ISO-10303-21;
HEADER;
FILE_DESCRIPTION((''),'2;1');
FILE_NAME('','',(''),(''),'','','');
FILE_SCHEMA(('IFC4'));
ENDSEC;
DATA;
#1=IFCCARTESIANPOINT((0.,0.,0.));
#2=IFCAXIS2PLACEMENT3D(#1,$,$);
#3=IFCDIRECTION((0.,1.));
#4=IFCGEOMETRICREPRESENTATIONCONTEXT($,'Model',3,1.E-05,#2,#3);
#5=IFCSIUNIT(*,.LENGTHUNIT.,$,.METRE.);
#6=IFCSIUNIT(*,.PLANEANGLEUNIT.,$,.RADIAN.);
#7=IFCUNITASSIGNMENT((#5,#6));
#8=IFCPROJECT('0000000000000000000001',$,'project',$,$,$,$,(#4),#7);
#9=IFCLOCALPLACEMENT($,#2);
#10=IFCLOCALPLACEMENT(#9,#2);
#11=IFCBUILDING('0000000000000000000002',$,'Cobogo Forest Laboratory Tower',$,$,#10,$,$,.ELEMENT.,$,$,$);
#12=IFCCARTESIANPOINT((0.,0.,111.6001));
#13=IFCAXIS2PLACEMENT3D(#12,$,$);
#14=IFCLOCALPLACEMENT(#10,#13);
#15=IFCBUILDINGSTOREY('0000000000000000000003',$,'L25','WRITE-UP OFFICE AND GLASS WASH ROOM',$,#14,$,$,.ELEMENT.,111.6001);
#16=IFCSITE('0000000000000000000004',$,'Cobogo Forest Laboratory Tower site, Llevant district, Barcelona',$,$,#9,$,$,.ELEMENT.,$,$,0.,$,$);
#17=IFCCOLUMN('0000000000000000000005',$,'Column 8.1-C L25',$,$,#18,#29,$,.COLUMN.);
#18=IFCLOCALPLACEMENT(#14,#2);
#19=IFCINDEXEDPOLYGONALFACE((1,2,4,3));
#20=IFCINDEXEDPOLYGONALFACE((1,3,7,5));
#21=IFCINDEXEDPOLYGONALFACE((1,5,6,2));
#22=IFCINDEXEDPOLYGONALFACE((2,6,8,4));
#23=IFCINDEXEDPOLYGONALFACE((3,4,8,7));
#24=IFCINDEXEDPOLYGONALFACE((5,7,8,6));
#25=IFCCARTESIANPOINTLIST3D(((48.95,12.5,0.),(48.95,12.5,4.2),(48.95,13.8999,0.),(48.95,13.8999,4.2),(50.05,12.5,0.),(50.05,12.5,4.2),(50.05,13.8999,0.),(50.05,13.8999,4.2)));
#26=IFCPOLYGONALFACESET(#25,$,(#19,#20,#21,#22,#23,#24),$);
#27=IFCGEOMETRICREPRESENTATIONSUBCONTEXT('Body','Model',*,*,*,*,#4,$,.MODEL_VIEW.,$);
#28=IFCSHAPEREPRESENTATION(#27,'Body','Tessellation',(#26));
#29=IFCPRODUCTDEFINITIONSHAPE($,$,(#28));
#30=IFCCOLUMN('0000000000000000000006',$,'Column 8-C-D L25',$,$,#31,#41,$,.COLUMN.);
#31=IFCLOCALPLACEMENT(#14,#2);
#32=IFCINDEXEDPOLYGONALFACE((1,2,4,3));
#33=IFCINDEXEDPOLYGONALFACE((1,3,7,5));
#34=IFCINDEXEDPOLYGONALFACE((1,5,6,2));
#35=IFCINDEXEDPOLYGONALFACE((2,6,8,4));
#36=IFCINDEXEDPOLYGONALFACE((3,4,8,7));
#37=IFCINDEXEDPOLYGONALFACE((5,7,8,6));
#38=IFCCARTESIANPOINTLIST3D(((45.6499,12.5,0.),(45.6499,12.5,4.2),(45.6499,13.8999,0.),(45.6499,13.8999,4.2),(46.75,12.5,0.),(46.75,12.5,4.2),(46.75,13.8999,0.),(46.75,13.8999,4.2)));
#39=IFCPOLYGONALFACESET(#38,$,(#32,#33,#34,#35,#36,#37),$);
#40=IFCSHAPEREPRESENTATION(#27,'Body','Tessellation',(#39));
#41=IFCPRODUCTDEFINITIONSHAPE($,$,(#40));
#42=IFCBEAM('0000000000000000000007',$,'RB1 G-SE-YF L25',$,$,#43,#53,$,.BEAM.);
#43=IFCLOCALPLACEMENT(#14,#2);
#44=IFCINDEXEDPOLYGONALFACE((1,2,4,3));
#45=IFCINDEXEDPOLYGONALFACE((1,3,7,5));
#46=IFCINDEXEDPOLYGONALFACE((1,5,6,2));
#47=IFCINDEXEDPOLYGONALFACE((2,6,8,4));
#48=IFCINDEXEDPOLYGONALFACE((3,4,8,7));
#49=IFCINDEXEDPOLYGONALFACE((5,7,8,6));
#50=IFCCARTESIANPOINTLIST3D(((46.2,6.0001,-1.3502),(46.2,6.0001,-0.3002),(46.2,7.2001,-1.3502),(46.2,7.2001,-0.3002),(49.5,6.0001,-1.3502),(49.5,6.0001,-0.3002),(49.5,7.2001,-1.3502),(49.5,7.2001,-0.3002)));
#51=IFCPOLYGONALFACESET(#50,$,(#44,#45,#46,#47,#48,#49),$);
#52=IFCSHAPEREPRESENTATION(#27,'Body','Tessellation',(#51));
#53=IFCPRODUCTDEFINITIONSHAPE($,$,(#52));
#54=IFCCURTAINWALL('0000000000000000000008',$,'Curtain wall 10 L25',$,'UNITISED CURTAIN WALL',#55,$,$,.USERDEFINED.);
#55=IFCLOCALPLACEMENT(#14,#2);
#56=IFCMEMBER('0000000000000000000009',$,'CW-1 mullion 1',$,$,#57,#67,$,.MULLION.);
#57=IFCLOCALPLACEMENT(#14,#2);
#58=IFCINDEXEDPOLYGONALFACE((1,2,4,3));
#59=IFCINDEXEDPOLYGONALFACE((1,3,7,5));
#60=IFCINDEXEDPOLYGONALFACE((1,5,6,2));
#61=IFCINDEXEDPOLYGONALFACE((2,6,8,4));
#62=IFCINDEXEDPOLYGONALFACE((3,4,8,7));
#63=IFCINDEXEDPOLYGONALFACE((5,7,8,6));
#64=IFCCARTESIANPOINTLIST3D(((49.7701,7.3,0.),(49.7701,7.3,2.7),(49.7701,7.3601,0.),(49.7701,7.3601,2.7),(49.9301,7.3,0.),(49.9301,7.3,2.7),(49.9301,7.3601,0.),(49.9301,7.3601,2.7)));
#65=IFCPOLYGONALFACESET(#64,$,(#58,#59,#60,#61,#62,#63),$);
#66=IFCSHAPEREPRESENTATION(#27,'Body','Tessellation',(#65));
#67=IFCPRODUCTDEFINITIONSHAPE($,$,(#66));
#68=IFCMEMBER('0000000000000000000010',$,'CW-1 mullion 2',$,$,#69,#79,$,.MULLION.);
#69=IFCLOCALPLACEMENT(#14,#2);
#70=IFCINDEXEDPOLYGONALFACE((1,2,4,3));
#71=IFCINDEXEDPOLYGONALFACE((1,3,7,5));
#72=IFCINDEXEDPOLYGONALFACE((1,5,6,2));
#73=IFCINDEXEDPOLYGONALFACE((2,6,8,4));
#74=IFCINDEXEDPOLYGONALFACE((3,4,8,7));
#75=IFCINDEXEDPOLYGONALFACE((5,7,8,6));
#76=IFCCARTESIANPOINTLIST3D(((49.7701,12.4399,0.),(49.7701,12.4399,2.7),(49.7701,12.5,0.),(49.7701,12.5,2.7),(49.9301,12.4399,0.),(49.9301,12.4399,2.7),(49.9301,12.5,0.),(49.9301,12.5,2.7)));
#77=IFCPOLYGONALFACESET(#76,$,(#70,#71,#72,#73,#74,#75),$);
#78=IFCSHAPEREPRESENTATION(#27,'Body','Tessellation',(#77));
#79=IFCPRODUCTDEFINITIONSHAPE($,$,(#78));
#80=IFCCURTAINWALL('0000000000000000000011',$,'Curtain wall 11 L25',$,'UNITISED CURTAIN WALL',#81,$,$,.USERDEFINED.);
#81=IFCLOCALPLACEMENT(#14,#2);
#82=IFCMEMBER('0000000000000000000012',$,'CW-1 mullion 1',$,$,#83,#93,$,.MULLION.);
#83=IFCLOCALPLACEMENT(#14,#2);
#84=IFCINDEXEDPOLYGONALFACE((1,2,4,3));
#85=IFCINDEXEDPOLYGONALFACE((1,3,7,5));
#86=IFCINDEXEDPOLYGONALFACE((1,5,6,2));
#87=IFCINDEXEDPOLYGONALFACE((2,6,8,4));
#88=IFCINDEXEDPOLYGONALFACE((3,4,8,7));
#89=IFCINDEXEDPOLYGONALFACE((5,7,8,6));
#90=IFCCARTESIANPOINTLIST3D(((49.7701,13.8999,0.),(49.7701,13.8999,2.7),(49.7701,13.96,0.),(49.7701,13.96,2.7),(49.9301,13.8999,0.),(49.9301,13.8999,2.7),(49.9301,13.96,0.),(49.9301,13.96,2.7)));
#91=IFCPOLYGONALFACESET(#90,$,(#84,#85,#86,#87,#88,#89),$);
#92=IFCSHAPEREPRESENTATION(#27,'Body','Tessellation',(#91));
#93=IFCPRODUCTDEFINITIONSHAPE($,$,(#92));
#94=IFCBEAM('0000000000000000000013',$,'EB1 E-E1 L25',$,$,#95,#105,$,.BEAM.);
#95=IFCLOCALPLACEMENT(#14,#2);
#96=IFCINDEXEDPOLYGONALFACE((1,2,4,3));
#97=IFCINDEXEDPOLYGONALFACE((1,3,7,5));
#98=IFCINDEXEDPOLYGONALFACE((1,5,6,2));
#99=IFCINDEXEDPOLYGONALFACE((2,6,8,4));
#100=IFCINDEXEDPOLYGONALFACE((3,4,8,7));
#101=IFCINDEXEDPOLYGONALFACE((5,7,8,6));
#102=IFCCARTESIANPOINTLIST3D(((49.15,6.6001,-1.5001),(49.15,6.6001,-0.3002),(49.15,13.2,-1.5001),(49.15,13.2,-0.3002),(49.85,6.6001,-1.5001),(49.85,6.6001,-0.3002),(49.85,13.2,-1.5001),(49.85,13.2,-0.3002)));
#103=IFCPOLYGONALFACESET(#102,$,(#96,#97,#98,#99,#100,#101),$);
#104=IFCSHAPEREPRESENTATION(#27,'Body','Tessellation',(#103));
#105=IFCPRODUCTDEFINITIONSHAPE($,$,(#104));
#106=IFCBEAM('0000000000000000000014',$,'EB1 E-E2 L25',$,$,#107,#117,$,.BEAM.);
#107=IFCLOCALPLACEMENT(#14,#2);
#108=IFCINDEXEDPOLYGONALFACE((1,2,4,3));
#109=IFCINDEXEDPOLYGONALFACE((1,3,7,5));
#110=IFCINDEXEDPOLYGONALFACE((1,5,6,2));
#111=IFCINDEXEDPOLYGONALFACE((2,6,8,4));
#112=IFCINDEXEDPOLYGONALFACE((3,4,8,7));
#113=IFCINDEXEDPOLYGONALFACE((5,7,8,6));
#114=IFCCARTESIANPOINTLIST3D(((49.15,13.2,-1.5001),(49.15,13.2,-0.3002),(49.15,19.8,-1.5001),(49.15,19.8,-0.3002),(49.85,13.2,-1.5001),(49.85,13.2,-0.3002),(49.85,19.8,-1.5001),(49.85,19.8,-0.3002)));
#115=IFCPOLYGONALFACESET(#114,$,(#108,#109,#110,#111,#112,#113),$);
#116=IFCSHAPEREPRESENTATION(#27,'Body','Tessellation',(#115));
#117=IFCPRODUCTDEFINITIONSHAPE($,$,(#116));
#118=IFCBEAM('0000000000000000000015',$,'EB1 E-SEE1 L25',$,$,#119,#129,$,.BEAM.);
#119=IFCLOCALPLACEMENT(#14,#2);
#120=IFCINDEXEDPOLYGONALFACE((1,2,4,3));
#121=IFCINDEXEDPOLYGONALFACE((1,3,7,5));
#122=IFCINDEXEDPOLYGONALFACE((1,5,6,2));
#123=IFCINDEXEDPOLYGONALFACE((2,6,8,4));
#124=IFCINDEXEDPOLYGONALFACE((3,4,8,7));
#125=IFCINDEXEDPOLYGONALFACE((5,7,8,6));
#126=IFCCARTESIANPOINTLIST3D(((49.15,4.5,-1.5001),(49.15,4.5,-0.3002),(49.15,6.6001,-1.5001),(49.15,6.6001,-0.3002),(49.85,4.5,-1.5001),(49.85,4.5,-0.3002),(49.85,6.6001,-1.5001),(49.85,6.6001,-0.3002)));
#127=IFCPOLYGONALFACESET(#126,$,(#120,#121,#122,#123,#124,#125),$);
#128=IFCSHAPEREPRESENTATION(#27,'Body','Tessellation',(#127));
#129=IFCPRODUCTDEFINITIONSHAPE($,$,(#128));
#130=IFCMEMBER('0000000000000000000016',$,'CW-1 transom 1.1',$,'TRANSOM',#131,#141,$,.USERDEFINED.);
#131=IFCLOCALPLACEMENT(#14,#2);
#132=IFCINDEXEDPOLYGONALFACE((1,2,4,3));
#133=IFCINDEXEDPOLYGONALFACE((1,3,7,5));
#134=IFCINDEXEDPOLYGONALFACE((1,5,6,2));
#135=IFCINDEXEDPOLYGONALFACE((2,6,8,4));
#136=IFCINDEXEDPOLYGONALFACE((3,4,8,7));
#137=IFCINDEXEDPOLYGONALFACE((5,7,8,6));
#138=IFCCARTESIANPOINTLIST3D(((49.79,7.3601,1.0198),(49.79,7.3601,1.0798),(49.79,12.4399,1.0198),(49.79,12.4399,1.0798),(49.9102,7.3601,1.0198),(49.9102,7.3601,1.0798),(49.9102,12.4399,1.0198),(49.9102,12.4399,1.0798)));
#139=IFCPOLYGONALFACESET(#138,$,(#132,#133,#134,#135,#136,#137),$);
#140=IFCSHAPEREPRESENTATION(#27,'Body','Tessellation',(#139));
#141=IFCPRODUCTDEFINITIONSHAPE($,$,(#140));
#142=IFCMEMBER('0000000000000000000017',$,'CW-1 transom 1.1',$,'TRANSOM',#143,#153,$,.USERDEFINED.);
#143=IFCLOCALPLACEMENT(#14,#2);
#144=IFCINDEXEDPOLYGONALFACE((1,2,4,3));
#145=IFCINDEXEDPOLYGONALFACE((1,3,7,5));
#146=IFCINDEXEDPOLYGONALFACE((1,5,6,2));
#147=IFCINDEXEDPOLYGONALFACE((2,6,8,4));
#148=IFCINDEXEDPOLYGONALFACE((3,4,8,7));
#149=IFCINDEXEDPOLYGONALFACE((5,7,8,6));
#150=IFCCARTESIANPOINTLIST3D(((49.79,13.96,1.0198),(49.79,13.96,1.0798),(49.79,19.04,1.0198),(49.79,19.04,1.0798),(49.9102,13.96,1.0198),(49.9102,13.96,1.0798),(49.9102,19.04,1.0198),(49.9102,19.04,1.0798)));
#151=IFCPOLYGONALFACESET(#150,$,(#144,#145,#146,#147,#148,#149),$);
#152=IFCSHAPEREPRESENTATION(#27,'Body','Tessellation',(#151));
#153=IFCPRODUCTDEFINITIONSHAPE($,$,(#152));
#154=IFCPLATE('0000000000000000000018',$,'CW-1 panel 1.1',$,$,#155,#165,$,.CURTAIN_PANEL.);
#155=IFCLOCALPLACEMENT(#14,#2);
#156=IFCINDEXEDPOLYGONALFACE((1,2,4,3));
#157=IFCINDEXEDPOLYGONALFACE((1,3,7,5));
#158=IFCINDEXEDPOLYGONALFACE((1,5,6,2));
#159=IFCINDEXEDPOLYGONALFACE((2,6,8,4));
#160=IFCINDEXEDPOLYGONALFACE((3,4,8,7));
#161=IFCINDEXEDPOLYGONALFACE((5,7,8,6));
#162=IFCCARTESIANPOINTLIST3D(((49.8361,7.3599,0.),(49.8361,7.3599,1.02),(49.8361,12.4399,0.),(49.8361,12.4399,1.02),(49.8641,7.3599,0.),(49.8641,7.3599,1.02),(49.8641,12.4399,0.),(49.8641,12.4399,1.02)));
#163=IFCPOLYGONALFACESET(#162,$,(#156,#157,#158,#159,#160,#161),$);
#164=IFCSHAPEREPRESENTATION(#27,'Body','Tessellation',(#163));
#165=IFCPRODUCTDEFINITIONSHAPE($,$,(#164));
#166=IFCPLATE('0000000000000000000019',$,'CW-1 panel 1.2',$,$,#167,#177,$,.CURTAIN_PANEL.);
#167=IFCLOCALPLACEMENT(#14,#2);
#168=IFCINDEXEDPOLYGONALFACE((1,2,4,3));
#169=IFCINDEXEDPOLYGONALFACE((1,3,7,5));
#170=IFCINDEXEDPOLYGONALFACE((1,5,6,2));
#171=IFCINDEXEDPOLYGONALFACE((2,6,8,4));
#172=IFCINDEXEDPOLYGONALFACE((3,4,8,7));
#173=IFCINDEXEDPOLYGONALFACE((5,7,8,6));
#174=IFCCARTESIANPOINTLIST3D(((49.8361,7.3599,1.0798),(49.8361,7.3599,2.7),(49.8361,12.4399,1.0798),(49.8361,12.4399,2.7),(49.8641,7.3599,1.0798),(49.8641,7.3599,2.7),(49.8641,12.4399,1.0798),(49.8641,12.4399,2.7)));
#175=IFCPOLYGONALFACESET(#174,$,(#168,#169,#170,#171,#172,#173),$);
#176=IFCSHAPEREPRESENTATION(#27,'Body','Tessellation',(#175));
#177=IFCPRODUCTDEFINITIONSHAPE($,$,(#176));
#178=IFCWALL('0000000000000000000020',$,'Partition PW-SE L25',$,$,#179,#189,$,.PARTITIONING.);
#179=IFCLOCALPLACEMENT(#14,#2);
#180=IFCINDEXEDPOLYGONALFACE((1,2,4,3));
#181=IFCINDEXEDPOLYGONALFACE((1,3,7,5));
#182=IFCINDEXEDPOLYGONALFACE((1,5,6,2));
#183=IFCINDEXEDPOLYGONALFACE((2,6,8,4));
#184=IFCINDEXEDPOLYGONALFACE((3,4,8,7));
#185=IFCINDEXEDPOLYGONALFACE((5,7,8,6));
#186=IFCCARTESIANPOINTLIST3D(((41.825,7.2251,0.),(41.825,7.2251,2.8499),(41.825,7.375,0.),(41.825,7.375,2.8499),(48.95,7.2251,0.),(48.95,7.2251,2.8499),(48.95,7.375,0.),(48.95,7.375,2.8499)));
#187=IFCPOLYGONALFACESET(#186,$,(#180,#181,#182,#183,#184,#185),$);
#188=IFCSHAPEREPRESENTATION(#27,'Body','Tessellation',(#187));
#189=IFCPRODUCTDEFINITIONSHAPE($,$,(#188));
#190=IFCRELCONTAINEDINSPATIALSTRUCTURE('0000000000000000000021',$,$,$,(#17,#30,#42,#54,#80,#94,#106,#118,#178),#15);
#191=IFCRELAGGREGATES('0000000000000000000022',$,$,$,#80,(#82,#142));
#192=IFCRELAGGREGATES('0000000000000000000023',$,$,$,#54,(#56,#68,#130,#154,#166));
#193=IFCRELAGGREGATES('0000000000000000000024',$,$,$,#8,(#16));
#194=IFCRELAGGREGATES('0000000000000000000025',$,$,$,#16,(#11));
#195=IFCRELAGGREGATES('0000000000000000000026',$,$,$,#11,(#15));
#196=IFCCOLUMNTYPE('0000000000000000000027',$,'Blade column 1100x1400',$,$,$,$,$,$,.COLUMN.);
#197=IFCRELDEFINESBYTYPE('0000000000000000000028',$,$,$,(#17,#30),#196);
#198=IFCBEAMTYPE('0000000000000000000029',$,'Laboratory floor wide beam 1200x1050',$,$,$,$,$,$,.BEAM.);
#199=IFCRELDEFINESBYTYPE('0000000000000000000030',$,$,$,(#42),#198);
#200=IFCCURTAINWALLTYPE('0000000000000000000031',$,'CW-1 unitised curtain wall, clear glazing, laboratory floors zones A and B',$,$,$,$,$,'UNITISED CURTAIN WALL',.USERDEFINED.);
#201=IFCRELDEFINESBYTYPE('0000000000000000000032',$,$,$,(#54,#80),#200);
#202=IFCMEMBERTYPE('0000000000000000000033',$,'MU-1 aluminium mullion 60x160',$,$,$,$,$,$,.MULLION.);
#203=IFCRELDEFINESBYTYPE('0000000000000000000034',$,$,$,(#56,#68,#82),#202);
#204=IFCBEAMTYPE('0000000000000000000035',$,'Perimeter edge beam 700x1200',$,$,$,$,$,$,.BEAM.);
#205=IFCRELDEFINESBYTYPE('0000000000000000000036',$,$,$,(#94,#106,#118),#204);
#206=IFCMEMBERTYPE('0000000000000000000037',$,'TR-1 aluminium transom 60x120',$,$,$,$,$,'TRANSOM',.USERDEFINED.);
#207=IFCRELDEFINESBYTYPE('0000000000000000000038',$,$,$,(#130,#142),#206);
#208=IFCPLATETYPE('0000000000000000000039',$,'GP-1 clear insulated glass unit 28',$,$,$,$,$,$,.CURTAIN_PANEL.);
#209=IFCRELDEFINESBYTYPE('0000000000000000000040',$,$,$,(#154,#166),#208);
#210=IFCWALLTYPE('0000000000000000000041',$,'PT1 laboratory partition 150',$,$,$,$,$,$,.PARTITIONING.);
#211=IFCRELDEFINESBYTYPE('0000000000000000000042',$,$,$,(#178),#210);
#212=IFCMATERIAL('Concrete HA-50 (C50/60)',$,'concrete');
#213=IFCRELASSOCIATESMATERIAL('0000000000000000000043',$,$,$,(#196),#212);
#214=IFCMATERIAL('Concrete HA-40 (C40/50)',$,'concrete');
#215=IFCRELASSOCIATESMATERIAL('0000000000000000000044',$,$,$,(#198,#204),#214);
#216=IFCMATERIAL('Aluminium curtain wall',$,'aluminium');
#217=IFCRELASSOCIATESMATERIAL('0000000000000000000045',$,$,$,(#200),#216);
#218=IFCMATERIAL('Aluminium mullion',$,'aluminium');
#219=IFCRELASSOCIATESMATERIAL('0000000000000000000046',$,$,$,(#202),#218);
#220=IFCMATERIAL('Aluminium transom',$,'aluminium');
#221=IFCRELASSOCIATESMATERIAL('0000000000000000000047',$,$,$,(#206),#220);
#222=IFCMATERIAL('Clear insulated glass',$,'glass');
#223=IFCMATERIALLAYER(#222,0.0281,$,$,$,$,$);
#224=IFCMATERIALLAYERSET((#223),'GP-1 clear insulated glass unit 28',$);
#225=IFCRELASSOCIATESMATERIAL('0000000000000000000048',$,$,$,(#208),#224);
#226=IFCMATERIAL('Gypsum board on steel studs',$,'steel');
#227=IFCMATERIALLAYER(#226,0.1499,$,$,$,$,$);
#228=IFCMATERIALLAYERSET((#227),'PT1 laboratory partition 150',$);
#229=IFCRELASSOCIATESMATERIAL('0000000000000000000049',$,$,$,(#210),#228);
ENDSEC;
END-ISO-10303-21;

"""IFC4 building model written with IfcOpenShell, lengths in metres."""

from ifc_helpers import new_model, si_unit, direction, frame, frame_2d, origin, origin_2d, place, context, subcontext, project, spatial, rectangle, extrude, material, layer, layer_set, material_profile, profile_set, type_object, element, aggregate, save


model = new_model("IFC4")

# Units and contexts
model_context = context("Model", 3, precision=1e-05, world=origin(), true_north=direction((0.0, 1.0)))
body_context = subcontext(model_context, "Body", "Model", "MODEL_VIEW")
ifc_project = project(units=[si_unit("LENGTHUNIT", "METRE"), si_unit("PLANEANGLEUNIT", "RADIAN")], contexts=[model_context])

# Site, building, storey
site_placement = place(None, origin())
site = spatial("IfcSite", under=ifc_project, at=site_placement, Name="Cobogo Forest Laboratory Tower site, Llevant district, Barcelona", CompositionType="ELEMENT", RefElevation=0.0)
building_placement = place(site_placement, origin())
building = spatial("IfcBuilding", under=site, at=building_placement, Name="Cobogo Forest Laboratory Tower", CompositionType="ELEMENT")
storey_placement = place(building_placement, frame((0.0, 0.0, 111.6001)))
storey = spatial("IfcBuildingStorey", under=building, at=storey_placement, Name="L25", Description="WRITE-UP OFFICE AND GLASS WASH ROOM", CompositionType="ELEMENT", Elevation=111.6001)

# Columns
ifc_material_1 = material(Name="Concrete HA-50 (C50/60)", Category="concrete")
ifc_material_profile_1 = material_profile(ifc_material_1, rectangle(XDim=1.3999, YDim=1.1001, at=origin_2d()), Name="RC 1100x1400")
ifc_profile_set_1 = profile_set([ifc_material_profile_1], Name="Concrete HA-50 (C50/60)")
column_type = type_object("IfcColumnType", Name="Blade column 1100x1400", PredefinedType="COLUMN", material=ifc_profile_set_1)
for number, where, z_axis, x_axis, name in (
    (1, (49.5, 13.2, 0.0), (0.0, 0.0, 1.0), (0.0, 1.0, 0.0), "Column 8.1-C L25"),
    (2, (46.2, 13.2, 0.0), (0.0, 0.0, 1.0), (0.0, 1.0, 0.0), "Column 8-C-D L25"),
):
    element("IfcColumn", number, at=place(storey_placement, frame(where, z_axis=z_axis, x_axis=x_axis)), inside=storey, type_object=column_type, Name=name, PredefinedType="COLUMN", context=body_context, shape_type="SweptSolid", body=[
        extrude(rectangle(XDim=1.3999, YDim=1.1001, at=origin_2d()), origin(), (0.0, 0.0, 1.0), 4.2),
    ])

# Beam
ifc_material_2 = material(Name="Concrete HA-40 (C40/50)", Category="concrete")
ifc_material_profile_2 = material_profile(ifc_material_2, rectangle(XDim=1.2, YDim=1.05, at=origin_2d()), Name="RC 1200x1050")
ifc_profile_set_2 = profile_set([ifc_material_profile_2], Name="Concrete HA-40 (C40/50)")
beam_type_1 = type_object("IfcBeamType", Name="Laboratory floor wide beam 1200x1050", PredefinedType="BEAM", material=ifc_profile_set_2)
beam_1_placement = place(storey_placement, frame((49.5, 6.6001, -0.8252), z_axis=(-1.0, 0.0, 0.0), x_axis=(0.0, -1.0, 0.0)))
element("IfcBeam", 3, at=beam_1_placement, inside=storey, type_object=beam_type_1, Name="RB1 G-SE-YF L25", PredefinedType="BEAM", context=body_context, shape_type="SweptSolid", body=[
    extrude(rectangle(XDim=1.2, YDim=1.05, at=origin_2d()), origin(), (0.0, 0.0, 1.0), 3.3),
])

# Curtain wall, members
ifc_material_3 = material(Name="Aluminium curtain wall", Category="aluminium")
curtain_wall_type = type_object("IfcCurtainWallType", Name="CW-1 unitised curtain wall, clear glazing, laboratory floors zones A and B", ElementType="UNITISED CURTAIN WALL", PredefinedType="USERDEFINED", material=ifc_material_3)
curtain_wall_1_placement = place(storey_placement, origin())
curtain_wall_1 = element("IfcCurtainWall", 4, at=curtain_wall_1_placement, inside=storey, type_object=curtain_wall_type, Name="Curtain wall 10 L25", ObjectType="UNITISED CURTAIN WALL", PredefinedType="USERDEFINED")
ifc_material_4 = material(Name="Aluminium mullion", Category="aluminium")
ifc_material_profile_3 = material_profile(ifc_material_4, rectangle(XDim=0.0601, YDim=0.1599, at=origin_2d()), Name="AL 60x160")
ifc_profile_set_3 = profile_set([ifc_material_profile_3], Name="Aluminium mullion")
member_type_1 = type_object("IfcMemberType", Name="MU-1 aluminium mullion 60x160", PredefinedType="MULLION", material=ifc_profile_set_3)
member_1_placement = place(storey_placement, frame((49.8501, 7.3301, 0.0), z_axis=(0.0, 0.0, 1.0), x_axis=(0.0, 1.0, 0.0)))
member_1 = element("IfcMember", 5, at=member_1_placement, type_object=member_type_1, Name="CW-1 mullion 1", PredefinedType="MULLION", context=body_context, shape_type="SweptSolid", body=[
    extrude(rectangle(XDim=0.0601, YDim=0.1599, at=origin_2d()), origin(), (0.0, 0.0, 1.0), 2.7),
])
member_2_placement = place(storey_placement, frame((49.8501, 12.47, 0.0), z_axis=(0.0, 0.0, 1.0), x_axis=(0.0, 1.0, 0.0)))
member_2 = element("IfcMember", 6, at=member_2_placement, type_object=member_type_1, Name="CW-1 mullion 2", PredefinedType="MULLION", context=body_context, shape_type="SweptSolid", body=[
    extrude(rectangle(XDim=0.0601, YDim=0.1599, at=origin_2d()), origin(), (0.0, 0.0, 1.0), 2.7),
])

# Curtain wall, member
curtain_wall_2_placement = place(storey_placement, origin())
curtain_wall_2 = element("IfcCurtainWall", 7, at=curtain_wall_2_placement, inside=storey, type_object=curtain_wall_type, Name="Curtain wall 11 L25", ObjectType="UNITISED CURTAIN WALL", PredefinedType="USERDEFINED")
member_3_placement = place(storey_placement, frame((49.8501, 13.9299, 0.0), z_axis=(0.0, 0.0, 1.0), x_axis=(0.0, 1.0, 0.0)))
member_3 = element("IfcMember", 8, at=member_3_placement, type_object=member_type_1, Name="CW-1 mullion 1", PredefinedType="MULLION", context=body_context, shape_type="SweptSolid", body=[
    extrude(rectangle(XDim=0.0601, YDim=0.1599, at=origin_2d()), origin(), (0.0, 0.0, 1.0), 2.7),
])

# Beams
ifc_material_profile_4 = material_profile(ifc_material_2, rectangle(XDim=0.7, YDim=1.2, at=origin_2d()), Name="RC 700x1200")
ifc_profile_set_4 = profile_set([ifc_material_profile_4], Name="Concrete HA-40 (C40/50)")
beam_type_2 = type_object("IfcBeamType", Name="Perimeter edge beam 700x1200", PredefinedType="BEAM", material=ifc_profile_set_4)
beam_2_placement = place(storey_placement, frame((49.5, 6.6001, -0.9001), z_axis=(0.0, 1.0, 0.0), x_axis=(-1.0, 0.0, 0.0)))
element("IfcBeam", 9, at=beam_2_placement, inside=storey, type_object=beam_type_2, Name="EB1 E-E1 L25", PredefinedType="BEAM", context=body_context, shape_type="SweptSolid", body=[
    extrude(rectangle(XDim=0.7, YDim=1.2, at=origin_2d()), origin(), (0.0, 0.0, 1.0), 6.5999),
])
beam_3_placement = place(storey_placement, frame((49.5, 13.2, -0.9001), z_axis=(0.0, 1.0, 0.0), x_axis=(-1.0, 0.0, 0.0)))
element("IfcBeam", 10, at=beam_3_placement, inside=storey, type_object=beam_type_2, Name="EB1 E-E2 L25", PredefinedType="BEAM", context=body_context, shape_type="SweptSolid", body=[
    extrude(rectangle(XDim=0.7, YDim=1.2, at=origin_2d()), origin(), (0.0, 0.0, 1.0), 6.6001),
])
beam_4_placement = place(storey_placement, frame((49.5, 6.6001, -0.9001), z_axis=(0.0, -1.0, 0.0), x_axis=(1.0, 0.0, 0.0)))
element("IfcBeam", 11, at=beam_4_placement, inside=storey, type_object=beam_type_2, Name="EB1 E-SEE1 L25", PredefinedType="BEAM", context=body_context, shape_type="SweptSolid", body=[
    extrude(rectangle(XDim=0.7, YDim=1.2, at=origin_2d()), origin(), (0.0, 0.0, 1.0), 2.1001),
])

# Members
ifc_material_5 = material(Name="Aluminium transom", Category="aluminium")
ifc_material_profile_5 = material_profile(ifc_material_5, rectangle(XDim=0.1201, YDim=0.0601, at=origin_2d()), Name="AL 60x120")
ifc_profile_set_5 = profile_set([ifc_material_profile_5], Name="Aluminium transom")
member_type_2 = type_object("IfcMemberType", Name="TR-1 aluminium transom 60x120", ElementType="TRANSOM", PredefinedType="USERDEFINED", material=ifc_profile_set_5)
member_4_placement = place(storey_placement, frame((49.8501, 7.3601, 1.0498), z_axis=(0.0, 1.0, 0.0), x_axis=(-1.0, 0.0, 0.0)))
member_4 = element("IfcMember", 12, at=member_4_placement, type_object=member_type_2, Name="CW-1 transom 1.1", ObjectType="TRANSOM", PredefinedType="USERDEFINED", context=body_context, shape_type="SweptSolid", body=[
    extrude(rectangle(XDim=0.1201, YDim=0.0601, at=origin_2d()), origin(), (0.0, 0.0, 1.0), 5.0798),
])
member_5_placement = place(storey_placement, frame((49.8501, 13.96, 1.0498), z_axis=(0.0, 1.0, 0.0), x_axis=(-1.0, 0.0, 0.0)))
member_5 = element("IfcMember", 13, at=member_5_placement, type_object=member_type_2, Name="CW-1 transom 1.1", ObjectType="TRANSOM", PredefinedType="USERDEFINED", context=body_context, shape_type="SweptSolid", body=[
    extrude(rectangle(XDim=0.1201, YDim=0.0601, at=origin_2d()), origin(), (0.0, 0.0, 1.0), 5.0801),
])
aggregate(curtain_wall_2, [member_3, member_5])

# Plates
ifc_material_6 = material(Name="Clear insulated glass", Category="glass")
ifc_layer_1 = layer(ifc_material_6, 0.0281)
ifc_layer_set_1 = layer_set([ifc_layer_1], Name="GP-1 clear insulated glass unit 28")
plate_type_1 = type_object("IfcPlateType", Name="GP-1 clear insulated glass unit 28", PredefinedType="CURTAIN_PANEL", material=ifc_layer_set_1)
plate_1_placement = place(storey_placement, frame((49.8501, 9.8999, 0.0), z_axis=(0.0, 0.0, 1.0), x_axis=(0.0, 1.0, 0.0)))
plate_1 = element("IfcPlate", 14, at=plate_1_placement, type_object=plate_type_1, Name="CW-1 panel 1.1", PredefinedType="CURTAIN_PANEL", context=body_context, shape_type="SweptSolid", body=[
    extrude(rectangle(XDim=5.0801, YDim=0.0281, at=origin_2d()), origin(), (0.0, 0.0, 1.0), 1.02),
])
plate_2_placement = place(storey_placement, frame((49.8501, 9.8999, 1.0798), z_axis=(0.0, 0.0, 1.0), x_axis=(0.0, 1.0, 0.0)))
plate_2 = element("IfcPlate", 15, at=plate_2_placement, type_object=plate_type_1, Name="CW-1 panel 1.2", PredefinedType="CURTAIN_PANEL", context=body_context, shape_type="SweptSolid", body=[
    extrude(rectangle(XDim=5.0801, YDim=0.0281, at=origin_2d()), origin(), (0.0, 0.0, 1.0), 1.6201),
])
aggregate(curtain_wall_1, [member_1, member_2, member_4, plate_1, plate_2])

# Wall
ifc_material_7 = material(Name="Gypsum board on steel studs", Category="steel")
ifc_layer_2 = layer(ifc_material_7, 0.1499)
ifc_layer_set_2 = layer_set([ifc_layer_2], Name="PT1 laboratory partition 150")
wall_type_1 = type_object("IfcWallType", Name="PT1 laboratory partition 150", PredefinedType="PARTITIONING", material=ifc_layer_set_2)
wall_1_placement = place(storey_placement, frame((48.95, 7.3, 0.0), z_axis=(0.0, 0.0, 1.0), x_axis=(-1.0, 0.0, 0.0)))
element("IfcWall", 16, at=wall_1_placement, inside=storey, type_object=wall_type_1, Name="Partition PW-SE L25", PredefinedType="PARTITIONING", context=body_context, shape_type="SweptSolid", body=[
    extrude(rectangle(XDim=7.125, YDim=0.1499, at=frame_2d((3.5625, 0.0))), origin(), (0.0, 0.0, 1.0), 2.8499),
])

save(model, "model.ifc")
